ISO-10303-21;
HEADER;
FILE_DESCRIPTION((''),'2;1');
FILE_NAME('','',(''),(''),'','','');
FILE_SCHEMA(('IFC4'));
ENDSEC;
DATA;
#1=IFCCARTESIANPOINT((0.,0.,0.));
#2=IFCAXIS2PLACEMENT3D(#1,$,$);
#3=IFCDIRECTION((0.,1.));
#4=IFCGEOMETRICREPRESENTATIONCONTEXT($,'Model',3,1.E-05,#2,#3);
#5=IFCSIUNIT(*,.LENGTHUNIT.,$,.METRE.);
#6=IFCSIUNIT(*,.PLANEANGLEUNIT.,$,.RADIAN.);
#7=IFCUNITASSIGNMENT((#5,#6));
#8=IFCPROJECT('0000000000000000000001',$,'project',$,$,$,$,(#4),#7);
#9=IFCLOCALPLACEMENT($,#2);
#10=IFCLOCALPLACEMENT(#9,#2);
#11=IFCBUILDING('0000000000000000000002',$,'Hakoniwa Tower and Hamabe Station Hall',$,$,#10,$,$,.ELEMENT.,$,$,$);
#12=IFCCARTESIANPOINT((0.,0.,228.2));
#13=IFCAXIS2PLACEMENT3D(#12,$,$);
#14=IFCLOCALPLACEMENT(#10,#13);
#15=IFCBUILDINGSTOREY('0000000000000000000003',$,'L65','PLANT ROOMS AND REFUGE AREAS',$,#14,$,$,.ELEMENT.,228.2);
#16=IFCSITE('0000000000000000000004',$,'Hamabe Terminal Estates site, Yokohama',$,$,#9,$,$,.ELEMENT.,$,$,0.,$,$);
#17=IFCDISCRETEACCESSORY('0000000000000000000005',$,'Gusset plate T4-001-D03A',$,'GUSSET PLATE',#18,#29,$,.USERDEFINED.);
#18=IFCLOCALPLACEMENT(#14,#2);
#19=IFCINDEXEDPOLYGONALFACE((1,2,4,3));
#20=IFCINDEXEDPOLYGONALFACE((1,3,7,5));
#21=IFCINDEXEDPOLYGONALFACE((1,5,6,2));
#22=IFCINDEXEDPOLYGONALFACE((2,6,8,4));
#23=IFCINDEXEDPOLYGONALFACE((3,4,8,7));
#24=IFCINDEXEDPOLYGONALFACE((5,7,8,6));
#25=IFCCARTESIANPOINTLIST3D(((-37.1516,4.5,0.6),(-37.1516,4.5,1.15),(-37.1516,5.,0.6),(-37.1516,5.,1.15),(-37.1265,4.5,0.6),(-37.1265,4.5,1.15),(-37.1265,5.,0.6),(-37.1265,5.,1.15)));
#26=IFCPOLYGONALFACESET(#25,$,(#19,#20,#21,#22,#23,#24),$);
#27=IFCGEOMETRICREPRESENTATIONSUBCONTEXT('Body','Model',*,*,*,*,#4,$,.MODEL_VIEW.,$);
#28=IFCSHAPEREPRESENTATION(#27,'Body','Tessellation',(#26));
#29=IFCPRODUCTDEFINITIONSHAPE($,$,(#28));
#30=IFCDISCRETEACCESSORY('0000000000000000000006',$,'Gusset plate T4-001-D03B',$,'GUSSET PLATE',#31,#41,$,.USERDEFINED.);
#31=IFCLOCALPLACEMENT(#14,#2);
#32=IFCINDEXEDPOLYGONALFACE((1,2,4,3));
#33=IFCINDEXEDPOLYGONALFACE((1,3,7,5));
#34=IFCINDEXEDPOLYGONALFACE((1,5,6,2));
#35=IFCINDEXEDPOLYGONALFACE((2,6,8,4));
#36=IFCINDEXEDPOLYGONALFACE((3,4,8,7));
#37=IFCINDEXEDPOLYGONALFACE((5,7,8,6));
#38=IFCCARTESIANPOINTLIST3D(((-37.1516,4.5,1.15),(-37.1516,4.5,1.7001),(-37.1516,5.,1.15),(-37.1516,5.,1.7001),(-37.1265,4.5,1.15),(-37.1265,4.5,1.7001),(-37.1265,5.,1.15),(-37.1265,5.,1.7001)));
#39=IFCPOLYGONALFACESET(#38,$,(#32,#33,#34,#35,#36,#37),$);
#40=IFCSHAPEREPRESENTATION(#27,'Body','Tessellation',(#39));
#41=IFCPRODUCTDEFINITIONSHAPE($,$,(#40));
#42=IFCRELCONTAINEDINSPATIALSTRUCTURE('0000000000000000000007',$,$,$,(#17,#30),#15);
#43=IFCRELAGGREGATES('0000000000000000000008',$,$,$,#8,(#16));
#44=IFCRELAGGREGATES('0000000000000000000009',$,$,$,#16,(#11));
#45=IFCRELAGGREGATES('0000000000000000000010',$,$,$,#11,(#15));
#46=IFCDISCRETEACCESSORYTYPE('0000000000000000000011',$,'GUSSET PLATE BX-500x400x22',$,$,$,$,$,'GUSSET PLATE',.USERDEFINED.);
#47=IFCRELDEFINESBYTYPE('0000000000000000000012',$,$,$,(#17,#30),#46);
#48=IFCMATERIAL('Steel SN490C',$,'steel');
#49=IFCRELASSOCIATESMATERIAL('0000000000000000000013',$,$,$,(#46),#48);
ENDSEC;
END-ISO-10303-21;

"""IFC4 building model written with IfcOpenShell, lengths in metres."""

from ifc_helpers import new_model, si_unit, direction, frame, origin, origin_2d, place, context, subcontext, project, spatial, rectangle, extrude, material, material_profile, profile_set, type_object, element, save


model = new_model("IFC4")

# Units and contexts
model_context = context("Model", 3, precision=1e-05, world=origin(), true_north=direction((0.0, 1.0)))
body_context = subcontext(model_context, "Body", "Model", "MODEL_VIEW")
ifc_project = project(units=[si_unit("LENGTHUNIT", "METRE"), si_unit("PLANEANGLEUNIT", "RADIAN")], contexts=[model_context])

# Site, building, storey
site_placement = place(None, origin())
site = spatial("IfcSite", under=ifc_project, at=site_placement, Name="Hamabe Terminal Estates site, Yokohama", CompositionType="ELEMENT", RefElevation=0.0)
building_placement = place(site_placement, origin())
building = spatial("IfcBuilding", under=site, at=building_placement, Name="Hakoniwa Tower and Hamabe Station Hall", CompositionType="ELEMENT")
storey_placement = place(building_placement, frame((0.0, 0.0, 228.2)))
storey = spatial("IfcBuildingStorey", under=building, at=storey_placement, Name="L65", Description="PLANT ROOMS AND REFUGE AREAS", CompositionType="ELEMENT", Elevation=228.2)

# Discrete accessories
ifc_material_1 = material(Name="Steel SN490C", Category="steel")
ifc_material_profile_1 = material_profile(ifc_material_1, rectangle(XDim=0.5, YDim=0.55, at=origin_2d()), Name="GUSSET PLATE BX-500x400x22")
ifc_profile_set_1 = profile_set([ifc_material_profile_1], Name="Steel SN490C")
discrete_accessory_type_1 = type_object("IfcDiscreteAccessoryType", Name="GUSSET PLATE BX-500x400x22", ElementType="GUSSET PLATE", PredefinedType="USERDEFINED", material=ifc_profile_set_1)
for number, where, z_axis, x_axis, name in (
    (1, (-37.1265, 4.75, 0.875), (-1.0, 0.0, 0.0), (0.0, -1.0, 0.0), "Gusset plate T4-001-D03A"),
    (2, (-37.1265, 4.75, 1.425), (-1.0, 0.0, 0.0), (0.0, -1.0, 0.0), "Gusset plate T4-001-D03B"),
):
    element("IfcDiscreteAccessory", number, at=place(storey_placement, frame(where, z_axis=z_axis, x_axis=x_axis)), inside=storey, type_object=discrete_accessory_type_1, Name=name, ObjectType="GUSSET PLATE", PredefinedType="USERDEFINED", context=body_context, shape_type="SweptSolid", body=[
        extrude(rectangle(XDim=0.5, YDim=0.55, at=origin_2d()), origin(), (0.0, 0.0, 1.0), 0.0251),
    ])

save(model, "model.ifc")
